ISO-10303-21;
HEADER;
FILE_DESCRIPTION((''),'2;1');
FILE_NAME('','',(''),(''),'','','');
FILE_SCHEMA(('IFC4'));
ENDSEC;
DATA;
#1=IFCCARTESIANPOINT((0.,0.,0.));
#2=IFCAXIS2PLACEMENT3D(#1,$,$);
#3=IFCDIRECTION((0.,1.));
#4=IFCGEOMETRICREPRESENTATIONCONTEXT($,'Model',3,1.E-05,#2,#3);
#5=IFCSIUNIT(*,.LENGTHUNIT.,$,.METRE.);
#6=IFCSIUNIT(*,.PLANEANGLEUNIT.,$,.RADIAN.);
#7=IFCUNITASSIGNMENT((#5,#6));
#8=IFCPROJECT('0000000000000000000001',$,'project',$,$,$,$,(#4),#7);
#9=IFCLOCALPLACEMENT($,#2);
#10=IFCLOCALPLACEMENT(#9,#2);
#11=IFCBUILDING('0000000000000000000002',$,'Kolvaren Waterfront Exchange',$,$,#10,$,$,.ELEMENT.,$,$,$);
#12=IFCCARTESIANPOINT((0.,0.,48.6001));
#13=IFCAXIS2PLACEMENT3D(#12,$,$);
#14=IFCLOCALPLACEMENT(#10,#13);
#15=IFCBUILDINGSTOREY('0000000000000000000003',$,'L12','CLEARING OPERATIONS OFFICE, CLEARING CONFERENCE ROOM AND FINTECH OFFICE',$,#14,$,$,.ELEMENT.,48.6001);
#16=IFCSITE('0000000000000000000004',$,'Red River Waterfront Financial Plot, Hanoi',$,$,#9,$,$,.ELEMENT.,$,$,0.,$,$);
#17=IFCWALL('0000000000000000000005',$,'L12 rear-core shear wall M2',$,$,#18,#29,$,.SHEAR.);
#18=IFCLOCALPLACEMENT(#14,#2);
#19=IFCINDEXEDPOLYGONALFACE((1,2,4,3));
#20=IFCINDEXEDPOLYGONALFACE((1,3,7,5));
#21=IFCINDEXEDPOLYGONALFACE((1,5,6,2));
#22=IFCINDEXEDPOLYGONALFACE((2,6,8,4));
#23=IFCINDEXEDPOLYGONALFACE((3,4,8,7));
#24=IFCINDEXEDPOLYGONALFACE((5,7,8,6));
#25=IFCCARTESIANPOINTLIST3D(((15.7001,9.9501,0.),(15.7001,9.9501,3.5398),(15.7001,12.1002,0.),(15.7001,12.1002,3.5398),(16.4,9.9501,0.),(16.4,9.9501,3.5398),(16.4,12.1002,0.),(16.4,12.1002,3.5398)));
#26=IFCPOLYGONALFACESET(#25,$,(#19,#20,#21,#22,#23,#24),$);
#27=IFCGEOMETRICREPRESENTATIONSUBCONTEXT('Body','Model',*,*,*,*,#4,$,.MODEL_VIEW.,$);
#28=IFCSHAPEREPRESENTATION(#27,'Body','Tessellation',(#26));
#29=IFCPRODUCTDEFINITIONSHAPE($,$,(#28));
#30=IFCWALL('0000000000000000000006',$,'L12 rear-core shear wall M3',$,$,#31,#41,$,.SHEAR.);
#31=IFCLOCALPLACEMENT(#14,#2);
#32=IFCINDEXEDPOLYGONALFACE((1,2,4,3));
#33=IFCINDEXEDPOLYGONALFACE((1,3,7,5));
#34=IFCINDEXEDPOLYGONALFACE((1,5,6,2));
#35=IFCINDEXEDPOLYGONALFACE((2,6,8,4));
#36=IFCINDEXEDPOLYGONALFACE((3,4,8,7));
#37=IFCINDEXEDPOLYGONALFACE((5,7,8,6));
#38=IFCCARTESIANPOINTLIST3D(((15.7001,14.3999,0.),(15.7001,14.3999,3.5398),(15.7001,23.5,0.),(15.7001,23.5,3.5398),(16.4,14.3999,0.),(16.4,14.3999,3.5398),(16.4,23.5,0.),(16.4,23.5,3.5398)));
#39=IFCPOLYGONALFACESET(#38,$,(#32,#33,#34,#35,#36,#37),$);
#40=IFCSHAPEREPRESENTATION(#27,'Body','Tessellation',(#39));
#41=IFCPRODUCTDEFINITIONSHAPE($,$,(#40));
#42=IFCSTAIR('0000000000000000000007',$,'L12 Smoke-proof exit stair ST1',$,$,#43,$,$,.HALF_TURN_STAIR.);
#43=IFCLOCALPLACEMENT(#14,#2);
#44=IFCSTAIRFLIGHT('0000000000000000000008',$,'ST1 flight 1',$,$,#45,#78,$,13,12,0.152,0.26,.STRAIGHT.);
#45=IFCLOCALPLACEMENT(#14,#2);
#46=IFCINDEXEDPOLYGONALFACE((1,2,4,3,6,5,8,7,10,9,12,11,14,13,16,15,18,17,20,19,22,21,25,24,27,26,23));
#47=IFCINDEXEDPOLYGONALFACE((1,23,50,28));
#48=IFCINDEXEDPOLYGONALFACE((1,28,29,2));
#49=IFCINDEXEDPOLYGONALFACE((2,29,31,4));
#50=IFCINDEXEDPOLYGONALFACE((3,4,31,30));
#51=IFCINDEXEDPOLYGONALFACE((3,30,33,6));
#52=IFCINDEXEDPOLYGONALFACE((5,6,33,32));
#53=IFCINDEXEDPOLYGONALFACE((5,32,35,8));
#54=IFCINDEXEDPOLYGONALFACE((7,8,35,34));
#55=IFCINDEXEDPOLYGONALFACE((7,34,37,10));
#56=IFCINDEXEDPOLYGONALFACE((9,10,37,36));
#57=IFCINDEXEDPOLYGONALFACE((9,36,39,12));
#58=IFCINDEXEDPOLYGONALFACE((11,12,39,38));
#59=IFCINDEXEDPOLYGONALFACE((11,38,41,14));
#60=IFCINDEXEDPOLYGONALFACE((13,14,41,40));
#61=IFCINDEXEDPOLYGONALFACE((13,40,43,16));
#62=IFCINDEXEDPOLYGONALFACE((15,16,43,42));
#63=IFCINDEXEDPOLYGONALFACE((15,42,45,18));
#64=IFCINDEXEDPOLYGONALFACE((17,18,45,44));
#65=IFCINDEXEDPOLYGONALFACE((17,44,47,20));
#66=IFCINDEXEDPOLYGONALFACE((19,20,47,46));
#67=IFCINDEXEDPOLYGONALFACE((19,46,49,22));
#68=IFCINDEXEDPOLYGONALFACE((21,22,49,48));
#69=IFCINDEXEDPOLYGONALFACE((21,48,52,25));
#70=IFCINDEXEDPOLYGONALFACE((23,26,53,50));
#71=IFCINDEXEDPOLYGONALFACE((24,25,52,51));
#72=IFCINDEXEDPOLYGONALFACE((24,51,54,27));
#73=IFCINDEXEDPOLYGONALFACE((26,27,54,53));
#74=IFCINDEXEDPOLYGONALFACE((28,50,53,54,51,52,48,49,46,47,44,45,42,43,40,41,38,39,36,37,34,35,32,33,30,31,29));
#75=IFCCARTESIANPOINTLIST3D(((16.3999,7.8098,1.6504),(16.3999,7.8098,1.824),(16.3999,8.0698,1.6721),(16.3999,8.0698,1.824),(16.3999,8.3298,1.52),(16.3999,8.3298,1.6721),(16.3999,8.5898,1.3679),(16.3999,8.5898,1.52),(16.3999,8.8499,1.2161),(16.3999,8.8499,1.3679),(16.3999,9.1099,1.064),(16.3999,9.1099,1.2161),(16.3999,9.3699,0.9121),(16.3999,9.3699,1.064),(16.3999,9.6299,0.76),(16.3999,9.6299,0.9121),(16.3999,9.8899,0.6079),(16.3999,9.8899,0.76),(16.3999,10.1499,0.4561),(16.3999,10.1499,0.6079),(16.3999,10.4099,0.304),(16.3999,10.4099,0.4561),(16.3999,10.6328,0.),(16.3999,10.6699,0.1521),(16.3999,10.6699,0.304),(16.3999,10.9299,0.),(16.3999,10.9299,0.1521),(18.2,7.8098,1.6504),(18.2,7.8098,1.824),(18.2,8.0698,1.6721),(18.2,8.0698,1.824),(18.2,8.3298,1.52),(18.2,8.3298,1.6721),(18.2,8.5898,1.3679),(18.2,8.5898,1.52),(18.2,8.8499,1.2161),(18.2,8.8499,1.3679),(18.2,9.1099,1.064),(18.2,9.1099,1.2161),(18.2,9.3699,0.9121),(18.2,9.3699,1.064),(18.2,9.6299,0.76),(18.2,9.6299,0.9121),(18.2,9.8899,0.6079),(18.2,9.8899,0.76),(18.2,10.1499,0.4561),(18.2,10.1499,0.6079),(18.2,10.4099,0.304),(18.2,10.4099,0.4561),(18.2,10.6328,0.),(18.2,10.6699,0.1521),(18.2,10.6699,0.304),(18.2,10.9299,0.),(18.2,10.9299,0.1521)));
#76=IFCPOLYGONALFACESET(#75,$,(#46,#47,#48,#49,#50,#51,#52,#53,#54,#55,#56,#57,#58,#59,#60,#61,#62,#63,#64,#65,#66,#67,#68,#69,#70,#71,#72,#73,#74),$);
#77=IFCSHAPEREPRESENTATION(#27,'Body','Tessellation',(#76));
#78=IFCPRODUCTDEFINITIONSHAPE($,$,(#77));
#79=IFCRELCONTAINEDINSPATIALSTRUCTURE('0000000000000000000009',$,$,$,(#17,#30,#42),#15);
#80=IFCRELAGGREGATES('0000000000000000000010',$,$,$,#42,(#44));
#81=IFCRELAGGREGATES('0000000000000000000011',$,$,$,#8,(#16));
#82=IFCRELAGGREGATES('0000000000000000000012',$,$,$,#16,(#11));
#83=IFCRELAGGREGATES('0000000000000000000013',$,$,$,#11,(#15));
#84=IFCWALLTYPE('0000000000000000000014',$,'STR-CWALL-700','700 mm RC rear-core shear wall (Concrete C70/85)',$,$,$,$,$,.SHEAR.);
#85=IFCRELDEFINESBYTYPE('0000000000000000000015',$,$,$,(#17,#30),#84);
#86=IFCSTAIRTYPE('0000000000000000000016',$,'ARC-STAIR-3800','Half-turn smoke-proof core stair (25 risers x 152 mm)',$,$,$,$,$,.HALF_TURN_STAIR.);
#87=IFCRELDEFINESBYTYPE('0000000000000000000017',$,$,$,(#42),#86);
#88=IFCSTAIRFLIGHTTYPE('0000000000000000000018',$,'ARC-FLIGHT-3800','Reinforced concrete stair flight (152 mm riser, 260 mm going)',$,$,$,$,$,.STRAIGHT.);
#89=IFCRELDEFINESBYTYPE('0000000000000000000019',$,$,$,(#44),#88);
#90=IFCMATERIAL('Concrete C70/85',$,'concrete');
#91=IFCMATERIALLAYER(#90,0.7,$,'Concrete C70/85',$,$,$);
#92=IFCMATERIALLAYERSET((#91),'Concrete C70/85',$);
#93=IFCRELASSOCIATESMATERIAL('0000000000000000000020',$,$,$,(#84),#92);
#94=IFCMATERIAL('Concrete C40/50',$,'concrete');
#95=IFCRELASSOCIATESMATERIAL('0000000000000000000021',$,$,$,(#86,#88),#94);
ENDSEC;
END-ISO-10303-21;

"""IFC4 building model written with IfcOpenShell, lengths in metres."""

from ifc_helpers import new_model, si_unit, direction, frame, frame_2d, origin, place, context, subcontext, project, spatial, polyline, rectangle, outline, extrude, material, layer, layer_set, type_object, element, aggregate, save


model = new_model("IFC4")

# Units and contexts
model_context = context("Model", 3, precision=1e-05, world=origin(), true_north=direction((0.0, 1.0)))
body_context = subcontext(model_context, "Body", "Model", "MODEL_VIEW")
ifc_project = project(units=[si_unit("LENGTHUNIT", "METRE"), si_unit("PLANEANGLEUNIT", "RADIAN")], contexts=[model_context])

# Site, building, storey
site_placement = place(None, origin())
site = spatial("IfcSite", under=ifc_project, at=site_placement, Name="Red River Waterfront Financial Plot, Hanoi", CompositionType="ELEMENT", RefElevation=0.0)
building_placement = place(site_placement, origin())
building = spatial("IfcBuilding", under=site, at=building_placement, Name="Kolvaren Waterfront Exchange", CompositionType="ELEMENT")
storey_placement = place(building_placement, frame((0.0, 0.0, 48.6001)))
storey = spatial("IfcBuildingStorey", under=building, at=storey_placement, Name="L12", Description="CLEARING OPERATIONS OFFICE, CLEARING CONFERENCE ROOM AND FINTECH OFFICE", CompositionType="ELEMENT", Elevation=48.6001)

# Walls
ifc_material_1 = material(Name="Concrete C40/50", Category="concrete")
ifc_material_2 = material(Name="Concrete C70/85", Category="concrete")
ifc_layer_1 = layer(ifc_material_2, 0.7, Name="Concrete C70/85")
ifc_layer_set_1 = layer_set([ifc_layer_1], Name="Concrete C70/85")
wall_type_1 = type_object("IfcWallType", Name="STR-CWALL-700", Description="700 mm RC rear-core shear wall (Concrete C70/85)", PredefinedType="SHEAR", material=ifc_layer_set_1)
wall_1_placement = place(storey_placement, frame((16.05, 9.95, 0.0), z_axis=(0.0, 0.0, 1.0), x_axis=(0.0, 1.0, 0.0)))
element("IfcWall", 1, at=wall_1_placement, inside=storey, type_object=wall_type_1, Name="L12 rear-core shear wall M2", PredefinedType="SHEAR", context=body_context, shape_type="SweptSolid", body=[
    extrude(rectangle(XDim=2.1501, YDim=0.7, at=frame_2d((1.0752, 0.0))), origin(), (0.0, 0.0, 1.0), 3.5398),
])
wall_2_placement = place(storey_placement, frame((16.05, 14.3999, 0.0), z_axis=(0.0, 0.0, 1.0), x_axis=(0.0, 1.0, 0.0)))
element("IfcWall", 2, at=wall_2_placement, inside=storey, type_object=wall_type_1, Name="L12 rear-core shear wall M3", PredefinedType="SHEAR", context=body_context, shape_type="SweptSolid", body=[
    extrude(rectangle(XDim=9.1001, YDim=0.7, at=frame_2d((4.55, 0.0))), origin(), (0.0, 0.0, 1.0), 3.5398),
])

# Stair, stair flight
stair_type = type_object("IfcStairType", Name="ARC-STAIR-3800", Description="Half-turn smoke-proof core stair (25 risers x 152 mm)", PredefinedType="HALF_TURN_STAIR", material=ifc_material_1)
stair_placement = place(storey_placement, origin())
stair = element("IfcStair", 3, at=stair_placement, inside=storey, type_object=stair_type, Name="L12 Smoke-proof exit stair ST1", PredefinedType="HALF_TURN_STAIR")
stair_flight_type = type_object("IfcStairFlightType", Name="ARC-FLIGHT-3800", Description="Reinforced concrete stair flight (152 mm riser, 260 mm going)", PredefinedType="STRAIGHT", material=ifc_material_1)
stair_flight_placement = place(storey_placement, frame((17.3, 10.9299, 0.0), z_axis=(0.0, 0.0, 1.0), x_axis=(0.0, -1.0, 0.0)))
stair_flight = element("IfcStairFlight", 4, at=stair_flight_placement, type_object=stair_flight_type, Name="ST1 flight 1", NumberOfRisers=13, NumberOfTreads=12, PredefinedType="STRAIGHT", RiserHeight=0.152, TreadLength=0.26, context=body_context, shape_type="SweptSolid", body=[
    extrude(outline(polyline([(0.0, 0.0), (0.0, 0.1521), (0.26, 0.1521), (0.26, 0.304), (0.52, 0.304), (0.52, 0.4561), (0.78, 0.4561), (0.78, 0.6079), (1.04, 0.6079), (1.04, 0.76), (1.3, 0.76), (1.3, 0.9121), (1.5601, 0.9121), (1.5601, 1.064), (1.8201, 1.064), (1.8201, 1.2161), (2.0801, 1.2161), (2.0801, 1.3679), (2.3401, 1.3679), (2.3401, 1.52), (2.6001, 1.52), (2.6001, 1.6721), (2.8601, 1.6721), (2.8601, 1.824), (3.1201, 1.824), (3.1201, 1.9761), (3.1201, 1.6504), (0.2971, 0.0), (0.0, 0.0)])), frame((0.0, 0.8999, 0.0), z_axis=(0.0, -1.0, 0.0), x_axis=(1.0, 0.0, 0.0)), (0.0, 0.0, 1.0), 1.8),
])
aggregate(stair, [stair_flight])

save(model, "model.ifc")
